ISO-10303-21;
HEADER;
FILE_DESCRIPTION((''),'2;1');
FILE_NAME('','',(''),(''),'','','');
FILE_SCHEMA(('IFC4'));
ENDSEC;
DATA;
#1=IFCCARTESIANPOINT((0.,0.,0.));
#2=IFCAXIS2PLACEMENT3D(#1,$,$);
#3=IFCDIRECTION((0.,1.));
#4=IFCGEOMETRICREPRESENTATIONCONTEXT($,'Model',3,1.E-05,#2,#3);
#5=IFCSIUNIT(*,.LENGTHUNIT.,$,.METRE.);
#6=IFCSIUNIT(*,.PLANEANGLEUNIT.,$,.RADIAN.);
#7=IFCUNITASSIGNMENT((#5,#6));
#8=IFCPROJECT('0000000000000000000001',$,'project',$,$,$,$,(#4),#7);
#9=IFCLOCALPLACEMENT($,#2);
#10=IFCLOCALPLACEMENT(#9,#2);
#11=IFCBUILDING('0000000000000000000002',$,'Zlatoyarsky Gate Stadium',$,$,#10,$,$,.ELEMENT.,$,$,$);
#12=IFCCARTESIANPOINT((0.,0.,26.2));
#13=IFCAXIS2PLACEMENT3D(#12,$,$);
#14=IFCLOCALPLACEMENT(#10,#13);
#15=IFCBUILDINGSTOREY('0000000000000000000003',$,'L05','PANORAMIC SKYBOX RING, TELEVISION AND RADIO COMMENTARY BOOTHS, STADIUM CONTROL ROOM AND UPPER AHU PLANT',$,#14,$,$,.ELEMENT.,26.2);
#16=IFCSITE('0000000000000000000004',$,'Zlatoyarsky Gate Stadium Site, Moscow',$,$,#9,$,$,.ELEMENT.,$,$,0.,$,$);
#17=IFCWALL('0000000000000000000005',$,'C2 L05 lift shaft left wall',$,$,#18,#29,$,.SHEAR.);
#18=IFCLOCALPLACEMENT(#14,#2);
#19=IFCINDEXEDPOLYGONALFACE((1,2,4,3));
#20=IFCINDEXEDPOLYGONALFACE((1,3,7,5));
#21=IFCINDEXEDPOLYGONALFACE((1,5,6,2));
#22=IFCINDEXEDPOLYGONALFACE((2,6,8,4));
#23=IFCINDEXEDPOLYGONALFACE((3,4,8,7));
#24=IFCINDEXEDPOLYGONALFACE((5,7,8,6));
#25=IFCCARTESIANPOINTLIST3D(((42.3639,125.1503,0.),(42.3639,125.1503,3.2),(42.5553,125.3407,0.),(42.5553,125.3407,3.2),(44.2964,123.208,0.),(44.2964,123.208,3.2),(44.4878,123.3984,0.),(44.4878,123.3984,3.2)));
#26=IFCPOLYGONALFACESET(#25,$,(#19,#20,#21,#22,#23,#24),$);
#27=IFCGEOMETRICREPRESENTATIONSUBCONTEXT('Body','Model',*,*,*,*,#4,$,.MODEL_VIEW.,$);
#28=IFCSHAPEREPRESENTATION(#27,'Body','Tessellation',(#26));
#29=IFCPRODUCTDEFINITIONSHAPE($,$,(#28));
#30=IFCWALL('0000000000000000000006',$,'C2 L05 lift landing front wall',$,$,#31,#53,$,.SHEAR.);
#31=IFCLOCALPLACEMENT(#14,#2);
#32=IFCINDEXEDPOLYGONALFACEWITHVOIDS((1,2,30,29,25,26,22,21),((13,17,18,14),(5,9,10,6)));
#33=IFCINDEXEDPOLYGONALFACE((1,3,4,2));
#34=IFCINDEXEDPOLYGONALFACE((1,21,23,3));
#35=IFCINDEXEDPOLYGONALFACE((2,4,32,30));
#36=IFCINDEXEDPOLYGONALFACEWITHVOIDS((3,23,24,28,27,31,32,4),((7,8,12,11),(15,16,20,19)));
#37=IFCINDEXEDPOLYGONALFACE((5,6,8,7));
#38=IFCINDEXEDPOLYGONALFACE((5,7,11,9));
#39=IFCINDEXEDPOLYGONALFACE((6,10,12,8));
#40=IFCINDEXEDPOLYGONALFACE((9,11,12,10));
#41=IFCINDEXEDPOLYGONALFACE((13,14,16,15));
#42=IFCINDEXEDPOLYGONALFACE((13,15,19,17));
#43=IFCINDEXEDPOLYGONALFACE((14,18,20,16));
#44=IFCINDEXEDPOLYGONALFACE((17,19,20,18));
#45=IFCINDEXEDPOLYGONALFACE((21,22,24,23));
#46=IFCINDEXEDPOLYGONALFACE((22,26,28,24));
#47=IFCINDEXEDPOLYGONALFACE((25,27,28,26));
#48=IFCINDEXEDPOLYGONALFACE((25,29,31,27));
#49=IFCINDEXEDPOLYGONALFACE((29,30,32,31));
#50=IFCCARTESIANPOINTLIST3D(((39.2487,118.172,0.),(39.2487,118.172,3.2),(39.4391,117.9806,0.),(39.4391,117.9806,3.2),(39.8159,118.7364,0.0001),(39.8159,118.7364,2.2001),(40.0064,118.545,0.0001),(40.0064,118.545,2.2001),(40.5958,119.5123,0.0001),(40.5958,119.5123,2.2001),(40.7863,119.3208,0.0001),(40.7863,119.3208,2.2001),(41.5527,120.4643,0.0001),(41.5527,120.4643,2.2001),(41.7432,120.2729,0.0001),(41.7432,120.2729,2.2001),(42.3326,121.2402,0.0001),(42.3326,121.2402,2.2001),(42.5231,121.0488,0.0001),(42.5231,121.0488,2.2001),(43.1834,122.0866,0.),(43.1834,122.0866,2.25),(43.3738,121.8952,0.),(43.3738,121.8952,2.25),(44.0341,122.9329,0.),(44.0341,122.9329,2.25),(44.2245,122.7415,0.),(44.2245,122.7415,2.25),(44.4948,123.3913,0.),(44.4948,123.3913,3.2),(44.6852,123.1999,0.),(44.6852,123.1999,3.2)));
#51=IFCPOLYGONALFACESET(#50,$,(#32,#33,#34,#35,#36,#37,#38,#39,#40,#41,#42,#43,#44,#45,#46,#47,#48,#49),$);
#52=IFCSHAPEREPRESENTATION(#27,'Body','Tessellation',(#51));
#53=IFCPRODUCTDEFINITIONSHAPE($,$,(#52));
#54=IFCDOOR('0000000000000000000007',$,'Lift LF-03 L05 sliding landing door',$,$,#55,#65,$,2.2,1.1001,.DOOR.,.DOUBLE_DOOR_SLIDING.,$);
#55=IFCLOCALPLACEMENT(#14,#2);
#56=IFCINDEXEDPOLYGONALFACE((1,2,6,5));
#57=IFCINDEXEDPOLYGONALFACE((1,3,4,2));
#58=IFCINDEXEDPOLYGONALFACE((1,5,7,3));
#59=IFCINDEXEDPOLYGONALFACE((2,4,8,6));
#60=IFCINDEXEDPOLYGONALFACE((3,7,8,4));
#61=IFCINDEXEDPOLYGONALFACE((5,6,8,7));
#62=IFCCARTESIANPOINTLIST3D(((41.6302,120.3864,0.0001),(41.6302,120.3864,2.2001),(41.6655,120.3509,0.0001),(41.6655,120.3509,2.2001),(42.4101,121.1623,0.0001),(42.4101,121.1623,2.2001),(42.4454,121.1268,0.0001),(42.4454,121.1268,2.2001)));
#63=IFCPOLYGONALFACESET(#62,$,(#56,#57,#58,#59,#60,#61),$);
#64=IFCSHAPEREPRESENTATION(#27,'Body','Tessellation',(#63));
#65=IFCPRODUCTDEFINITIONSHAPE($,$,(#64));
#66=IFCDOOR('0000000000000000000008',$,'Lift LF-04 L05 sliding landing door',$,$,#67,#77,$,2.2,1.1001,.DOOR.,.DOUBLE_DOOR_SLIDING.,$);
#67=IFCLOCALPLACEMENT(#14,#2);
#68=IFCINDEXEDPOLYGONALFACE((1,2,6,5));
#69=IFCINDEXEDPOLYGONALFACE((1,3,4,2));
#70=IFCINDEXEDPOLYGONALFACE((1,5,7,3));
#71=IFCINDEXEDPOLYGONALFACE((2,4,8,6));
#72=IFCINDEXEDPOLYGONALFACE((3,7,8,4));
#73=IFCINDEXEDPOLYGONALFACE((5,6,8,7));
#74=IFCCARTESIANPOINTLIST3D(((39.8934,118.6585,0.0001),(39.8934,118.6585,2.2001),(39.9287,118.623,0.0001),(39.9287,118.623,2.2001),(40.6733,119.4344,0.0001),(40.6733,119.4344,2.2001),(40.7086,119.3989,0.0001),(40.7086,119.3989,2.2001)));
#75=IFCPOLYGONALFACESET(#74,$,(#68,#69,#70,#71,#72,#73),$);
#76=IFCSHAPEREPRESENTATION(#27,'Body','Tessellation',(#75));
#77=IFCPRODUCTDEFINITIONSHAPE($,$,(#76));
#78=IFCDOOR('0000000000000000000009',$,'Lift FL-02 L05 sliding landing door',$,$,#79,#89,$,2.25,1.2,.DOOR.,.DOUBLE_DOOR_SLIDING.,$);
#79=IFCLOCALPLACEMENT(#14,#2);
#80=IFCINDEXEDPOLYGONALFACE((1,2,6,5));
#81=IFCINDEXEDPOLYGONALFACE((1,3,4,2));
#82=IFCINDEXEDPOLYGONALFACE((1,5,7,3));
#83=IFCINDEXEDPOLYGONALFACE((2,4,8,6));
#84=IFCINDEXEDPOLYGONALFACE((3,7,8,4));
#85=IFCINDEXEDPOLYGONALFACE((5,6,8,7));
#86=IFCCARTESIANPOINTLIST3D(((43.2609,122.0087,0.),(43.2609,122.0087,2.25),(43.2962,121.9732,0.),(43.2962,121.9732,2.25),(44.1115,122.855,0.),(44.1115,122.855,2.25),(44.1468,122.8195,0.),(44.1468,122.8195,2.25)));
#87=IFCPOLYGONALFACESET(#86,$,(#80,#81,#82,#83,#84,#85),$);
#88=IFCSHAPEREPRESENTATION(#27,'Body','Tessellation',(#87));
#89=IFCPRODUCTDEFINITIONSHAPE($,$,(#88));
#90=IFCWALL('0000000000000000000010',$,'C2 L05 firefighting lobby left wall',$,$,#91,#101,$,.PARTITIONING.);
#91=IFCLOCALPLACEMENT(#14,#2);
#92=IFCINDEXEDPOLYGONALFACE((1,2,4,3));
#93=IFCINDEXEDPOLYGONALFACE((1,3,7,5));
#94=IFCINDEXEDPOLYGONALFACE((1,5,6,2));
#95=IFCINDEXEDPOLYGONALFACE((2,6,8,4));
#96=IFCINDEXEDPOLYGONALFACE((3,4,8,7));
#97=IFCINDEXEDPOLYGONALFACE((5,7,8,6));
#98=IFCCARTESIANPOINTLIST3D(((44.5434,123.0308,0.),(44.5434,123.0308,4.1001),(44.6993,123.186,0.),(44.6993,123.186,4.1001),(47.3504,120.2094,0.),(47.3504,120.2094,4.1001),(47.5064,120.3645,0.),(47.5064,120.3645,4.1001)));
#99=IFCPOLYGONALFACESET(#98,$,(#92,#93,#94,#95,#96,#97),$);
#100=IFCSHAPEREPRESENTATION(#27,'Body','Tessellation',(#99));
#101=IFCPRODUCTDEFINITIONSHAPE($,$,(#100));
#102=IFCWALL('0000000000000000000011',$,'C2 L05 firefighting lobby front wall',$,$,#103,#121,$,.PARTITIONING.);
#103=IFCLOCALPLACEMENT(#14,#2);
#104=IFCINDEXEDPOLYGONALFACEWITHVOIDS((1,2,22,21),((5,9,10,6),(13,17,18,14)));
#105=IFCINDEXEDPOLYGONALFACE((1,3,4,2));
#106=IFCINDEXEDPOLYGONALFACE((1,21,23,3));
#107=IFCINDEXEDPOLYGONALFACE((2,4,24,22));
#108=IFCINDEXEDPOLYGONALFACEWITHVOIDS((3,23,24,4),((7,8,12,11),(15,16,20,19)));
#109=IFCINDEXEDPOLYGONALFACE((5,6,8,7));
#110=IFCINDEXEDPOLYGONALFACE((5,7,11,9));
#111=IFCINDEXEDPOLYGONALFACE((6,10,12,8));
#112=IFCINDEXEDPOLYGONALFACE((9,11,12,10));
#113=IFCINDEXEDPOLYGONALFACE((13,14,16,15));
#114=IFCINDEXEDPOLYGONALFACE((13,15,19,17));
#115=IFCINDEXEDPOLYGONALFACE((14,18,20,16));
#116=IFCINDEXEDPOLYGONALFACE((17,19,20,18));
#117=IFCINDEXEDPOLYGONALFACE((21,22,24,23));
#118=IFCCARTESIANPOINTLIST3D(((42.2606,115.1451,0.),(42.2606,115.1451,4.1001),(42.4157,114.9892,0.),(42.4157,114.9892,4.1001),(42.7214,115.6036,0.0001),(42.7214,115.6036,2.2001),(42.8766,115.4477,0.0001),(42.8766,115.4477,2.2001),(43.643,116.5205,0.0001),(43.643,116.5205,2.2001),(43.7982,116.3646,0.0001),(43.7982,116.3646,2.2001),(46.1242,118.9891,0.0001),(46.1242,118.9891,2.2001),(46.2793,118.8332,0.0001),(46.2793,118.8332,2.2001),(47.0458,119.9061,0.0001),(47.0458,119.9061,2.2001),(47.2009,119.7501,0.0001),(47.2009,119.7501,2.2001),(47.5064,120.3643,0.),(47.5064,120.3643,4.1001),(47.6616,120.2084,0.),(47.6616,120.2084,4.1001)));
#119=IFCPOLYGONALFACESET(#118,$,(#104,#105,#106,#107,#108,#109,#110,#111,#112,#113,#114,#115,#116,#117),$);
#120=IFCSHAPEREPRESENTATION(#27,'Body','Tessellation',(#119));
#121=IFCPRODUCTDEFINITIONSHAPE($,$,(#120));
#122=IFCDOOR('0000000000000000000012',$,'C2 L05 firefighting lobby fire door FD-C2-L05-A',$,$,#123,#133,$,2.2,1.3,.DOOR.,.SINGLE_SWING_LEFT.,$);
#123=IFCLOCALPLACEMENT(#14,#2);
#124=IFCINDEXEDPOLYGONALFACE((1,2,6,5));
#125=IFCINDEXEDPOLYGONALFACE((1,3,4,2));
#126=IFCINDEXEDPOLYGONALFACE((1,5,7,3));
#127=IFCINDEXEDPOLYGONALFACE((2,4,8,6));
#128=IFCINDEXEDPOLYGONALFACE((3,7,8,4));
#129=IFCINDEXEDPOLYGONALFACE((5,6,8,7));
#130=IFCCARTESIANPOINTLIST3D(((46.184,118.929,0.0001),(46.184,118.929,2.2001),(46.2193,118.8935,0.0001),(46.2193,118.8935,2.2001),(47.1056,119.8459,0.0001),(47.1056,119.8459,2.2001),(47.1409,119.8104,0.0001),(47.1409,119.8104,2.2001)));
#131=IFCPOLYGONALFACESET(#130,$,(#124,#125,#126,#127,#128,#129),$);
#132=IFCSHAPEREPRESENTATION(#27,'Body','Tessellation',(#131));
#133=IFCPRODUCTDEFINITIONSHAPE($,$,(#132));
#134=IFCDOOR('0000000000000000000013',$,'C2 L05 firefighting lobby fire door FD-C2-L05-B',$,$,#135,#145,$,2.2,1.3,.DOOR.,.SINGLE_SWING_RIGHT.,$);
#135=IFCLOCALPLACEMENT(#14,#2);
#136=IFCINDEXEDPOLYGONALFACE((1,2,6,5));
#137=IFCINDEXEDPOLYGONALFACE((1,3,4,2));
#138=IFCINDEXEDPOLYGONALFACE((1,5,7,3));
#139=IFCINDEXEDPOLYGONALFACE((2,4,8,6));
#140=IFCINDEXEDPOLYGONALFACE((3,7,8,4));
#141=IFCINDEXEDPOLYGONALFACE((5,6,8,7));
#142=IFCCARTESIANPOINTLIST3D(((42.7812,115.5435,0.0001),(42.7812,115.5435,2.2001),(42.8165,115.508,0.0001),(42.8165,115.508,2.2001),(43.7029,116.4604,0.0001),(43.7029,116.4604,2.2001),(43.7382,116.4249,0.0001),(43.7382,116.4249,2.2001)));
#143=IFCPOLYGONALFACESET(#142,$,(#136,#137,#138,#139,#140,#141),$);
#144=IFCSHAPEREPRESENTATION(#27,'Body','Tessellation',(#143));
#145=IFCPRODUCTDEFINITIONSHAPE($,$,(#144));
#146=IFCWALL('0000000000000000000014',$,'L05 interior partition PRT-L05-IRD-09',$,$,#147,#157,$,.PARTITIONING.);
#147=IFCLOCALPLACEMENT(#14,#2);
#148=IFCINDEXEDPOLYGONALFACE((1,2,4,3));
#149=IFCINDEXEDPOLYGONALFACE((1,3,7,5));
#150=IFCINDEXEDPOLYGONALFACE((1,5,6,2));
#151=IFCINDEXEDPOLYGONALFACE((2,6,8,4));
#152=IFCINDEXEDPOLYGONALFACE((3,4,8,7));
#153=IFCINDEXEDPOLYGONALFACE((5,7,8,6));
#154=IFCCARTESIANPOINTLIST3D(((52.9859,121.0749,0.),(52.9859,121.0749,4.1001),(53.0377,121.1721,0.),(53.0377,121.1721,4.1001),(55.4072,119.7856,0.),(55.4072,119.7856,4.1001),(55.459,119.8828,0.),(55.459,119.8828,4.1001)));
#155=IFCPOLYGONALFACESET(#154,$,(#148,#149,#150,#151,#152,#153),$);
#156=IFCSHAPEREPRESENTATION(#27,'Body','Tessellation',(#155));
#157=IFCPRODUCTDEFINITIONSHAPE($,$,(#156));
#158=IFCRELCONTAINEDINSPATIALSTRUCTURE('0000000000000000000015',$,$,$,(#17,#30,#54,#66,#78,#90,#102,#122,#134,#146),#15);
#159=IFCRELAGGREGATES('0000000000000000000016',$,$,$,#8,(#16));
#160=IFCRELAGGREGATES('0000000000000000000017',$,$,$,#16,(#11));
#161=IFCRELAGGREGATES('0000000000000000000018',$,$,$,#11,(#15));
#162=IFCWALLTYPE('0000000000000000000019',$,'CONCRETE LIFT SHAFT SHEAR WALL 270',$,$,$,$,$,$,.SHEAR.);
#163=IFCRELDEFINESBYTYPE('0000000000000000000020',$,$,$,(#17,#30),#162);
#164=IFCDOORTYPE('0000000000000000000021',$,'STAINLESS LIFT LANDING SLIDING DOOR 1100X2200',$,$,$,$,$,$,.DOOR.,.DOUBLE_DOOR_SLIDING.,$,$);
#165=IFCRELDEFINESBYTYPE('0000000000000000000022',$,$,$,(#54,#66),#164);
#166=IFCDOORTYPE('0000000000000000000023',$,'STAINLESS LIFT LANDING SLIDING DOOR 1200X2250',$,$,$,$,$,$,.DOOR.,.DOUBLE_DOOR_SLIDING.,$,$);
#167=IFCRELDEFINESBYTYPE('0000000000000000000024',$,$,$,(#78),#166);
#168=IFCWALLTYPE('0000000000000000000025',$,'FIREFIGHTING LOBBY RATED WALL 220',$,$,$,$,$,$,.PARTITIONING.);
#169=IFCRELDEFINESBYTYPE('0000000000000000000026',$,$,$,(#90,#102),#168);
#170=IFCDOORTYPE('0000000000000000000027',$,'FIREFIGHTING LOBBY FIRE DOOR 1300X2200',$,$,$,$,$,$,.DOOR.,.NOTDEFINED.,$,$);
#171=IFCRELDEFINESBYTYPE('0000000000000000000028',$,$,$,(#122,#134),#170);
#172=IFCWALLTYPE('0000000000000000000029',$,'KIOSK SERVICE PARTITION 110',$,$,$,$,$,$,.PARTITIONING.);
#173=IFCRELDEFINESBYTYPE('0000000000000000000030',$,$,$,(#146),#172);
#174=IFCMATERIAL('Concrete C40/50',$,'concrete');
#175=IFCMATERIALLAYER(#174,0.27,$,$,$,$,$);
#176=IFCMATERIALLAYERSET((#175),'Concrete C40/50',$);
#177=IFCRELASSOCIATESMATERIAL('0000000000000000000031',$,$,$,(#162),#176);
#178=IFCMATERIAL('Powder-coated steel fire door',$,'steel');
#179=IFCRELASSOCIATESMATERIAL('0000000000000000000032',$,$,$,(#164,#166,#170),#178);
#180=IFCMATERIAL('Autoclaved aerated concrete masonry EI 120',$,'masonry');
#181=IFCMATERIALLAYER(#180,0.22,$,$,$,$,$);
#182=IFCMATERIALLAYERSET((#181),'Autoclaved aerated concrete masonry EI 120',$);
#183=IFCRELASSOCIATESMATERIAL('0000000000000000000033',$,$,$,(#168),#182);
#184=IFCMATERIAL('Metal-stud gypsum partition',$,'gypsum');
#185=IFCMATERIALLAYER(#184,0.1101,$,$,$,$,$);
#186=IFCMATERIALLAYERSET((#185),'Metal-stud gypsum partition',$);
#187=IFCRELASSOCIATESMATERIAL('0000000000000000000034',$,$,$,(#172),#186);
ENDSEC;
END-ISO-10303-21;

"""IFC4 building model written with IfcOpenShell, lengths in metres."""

from ifc_helpers import new_model, si_unit, direction, frame, frame_2d, origin, place, context, subcontext, project, spatial, rectangle, extrude, material, layer, layer_set, type_object, element, fill, save


model = new_model("IFC4")

# Units and contexts
model_context = context("Model", 3, precision=1e-05, world=origin(), true_north=direction((0.0, 1.0)))
body_context = subcontext(model_context, "Body", "Model", "MODEL_VIEW")
ifc_project = project(units=[si_unit("LENGTHUNIT", "METRE"), si_unit("PLANEANGLEUNIT", "RADIAN")], contexts=[model_context])

# Site, building, storey
site_placement = place(None, origin())
site = spatial("IfcSite", under=ifc_project, at=site_placement, Name="Zlatoyarsky Gate Stadium Site, Moscow", CompositionType="ELEMENT", RefElevation=0.0)
building_placement = place(site_placement, origin())
building = spatial("IfcBuilding", under=site, at=building_placement, Name="Zlatoyarsky Gate Stadium", CompositionType="ELEMENT")
storey_placement = place(building_placement, frame((0.0, 0.0, 26.2)))
storey = spatial("IfcBuildingStorey", under=building, at=storey_placement, Name="L05", Description="PANORAMIC SKYBOX RING, TELEVISION AND RADIO COMMENTARY BOOTHS, STADIUM CONTROL ROOM AND UPPER AHU PLANT", CompositionType="ELEMENT", Elevation=26.2)

# Wall
ifc_material_1 = material(Name="Concrete C40/50", Category="concrete")
ifc_layer_1 = layer(ifc_material_1, 0.27)
ifc_layer_set_1 = layer_set([ifc_layer_1], Name="Concrete C40/50")
wall_type_1 = type_object("IfcWallType", Name="CONCRETE LIFT SHAFT SHEAR WALL 270", PredefinedType="SHEAR", material=ifc_layer_set_1)
wall_1_placement = place(storey_placement, frame((42.4595, 125.2456, 0.0), z_axis=(0.0, 0.0, 1.0), x_axis=(0.705323, -0.708887, 0.0)))
element("IfcWall", 1, at=wall_1_placement, inside=storey, type_object=wall_type_1, Name="C2 L05 lift shaft left wall", PredefinedType="SHEAR", context=body_context, shape_type="SweptSolid", body=[
    extrude(rectangle(XDim=2.74, YDim=0.27, at=frame_2d((1.3701, 0.0))), origin(), (0.0, 0.0, 1.0), 3.2),
])

# Wall, openings, doors
wall_2_placement = place(storey_placement, frame((44.5901, 123.2957, 0.0), z_axis=(0.0, 0.0, 1.0), x_axis=(-0.708919, -0.70529, 0.0)))
wall_2 = element("IfcWall", 2, at=wall_2_placement, inside=storey, type_object=wall_type_1, Name="C2 L05 lift landing front wall", PredefinedType="SHEAR", context=body_context, shape_type="SweptSolid", body=[
    extrude(rectangle(XDim=7.4001, YDim=0.27, at=frame_2d((3.7002, 0.0))), origin(), (0.0, 0.0, 1.0), 3.2),
])
opening_1_placement = place(wall_2_placement, frame((0.6499, 0.0, 0.0)))
opening_1 = element("IfcOpeningElement", 3, at=opening_1_placement, cuts=wall_2, PredefinedType="OPENING", context=body_context, shape_type="SweptSolid", body=[
    extrude(rectangle(XDim=1.2, YDim=2.25, at=frame_2d((0.6001, 1.125))), frame((0.0, 0.145, 0.0), z_axis=(0.0, -1.0, 0.0), x_axis=(1.0, 0.0, 0.0)), (0.0, 0.0, 1.0), 0.29),
])
opening_2_placement = place(wall_2_placement, frame((3.05, 0.0, 0.0)))
opening_2 = element("IfcOpeningElement", 4, at=opening_2_placement, cuts=wall_2, PredefinedType="OPENING", context=body_context, shape_type="SweptSolid", body=[
    extrude(rectangle(XDim=1.1001, YDim=2.2, at=frame_2d((0.55, 1.1001))), frame((0.0, 0.145, 0.0), z_axis=(0.0, -1.0, 0.0), x_axis=(1.0, 0.0, 0.0)), (0.0, 0.0, 1.0), 0.29),
])
opening_3_placement = place(wall_2_placement, frame((5.5, 0.0, 0.0)))
opening_3 = element("IfcOpeningElement", 5, at=opening_3_placement, cuts=wall_2, PredefinedType="OPENING", context=body_context, shape_type="SweptSolid", body=[
    extrude(rectangle(XDim=1.1001, YDim=2.2, at=frame_2d((0.55, 1.1001))), frame((0.0, 0.145, 0.0), z_axis=(0.0, -1.0, 0.0), x_axis=(1.0, 0.0, 0.0)), (0.0, 0.0, 1.0), 0.29),
])
ifc_material_2 = material(Name="Powder-coated steel fire door", Category="steel")
door_type_1 = type_object("IfcDoorType", Name="STAINLESS LIFT LANDING SLIDING DOOR 1100X2200", OperationType="DOUBLE_DOOR_SLIDING", PredefinedType="DOOR", material=ifc_material_2)
door_1_placement = place(opening_2_placement, origin())
door_1 = element("IfcDoor", 6, at=door_1_placement, inside=storey, type_object=door_type_1, Name="Lift LF-03 L05 sliding landing door", OperationType="DOUBLE_DOOR_SLIDING", OverallHeight=2.2, OverallWidth=1.1001, PredefinedType="DOOR", context=body_context, shape_type="SweptSolid", body=[
    extrude(rectangle(XDim=1.1001, YDim=2.2, at=frame_2d((0.55, 1.1001))), frame((0.0, 0.0249, 0.0), z_axis=(0.0, -1.0, 0.0), x_axis=(1.0, 0.0, 0.0)), (0.0, 0.0, 1.0), 0.05),
])
fill(opening_2, door_1)
door_2_placement = place(opening_3_placement, origin())
door_2 = element("IfcDoor", 7, at=door_2_placement, inside=storey, type_object=door_type_1, Name="Lift LF-04 L05 sliding landing door", OperationType="DOUBLE_DOOR_SLIDING", OverallHeight=2.2, OverallWidth=1.1001, PredefinedType="DOOR", context=body_context, shape_type="SweptSolid", body=[
    extrude(rectangle(XDim=1.1001, YDim=2.2, at=frame_2d((0.55, 1.1001))), frame((0.0, 0.0249, 0.0), z_axis=(0.0, -1.0, 0.0), x_axis=(1.0, 0.0, 0.0)), (0.0, 0.0, 1.0), 0.05),
])
fill(opening_3, door_2)
door_type_2 = type_object("IfcDoorType", Name="STAINLESS LIFT LANDING SLIDING DOOR 1200X2250", OperationType="DOUBLE_DOOR_SLIDING", PredefinedType="DOOR", material=ifc_material_2)
door_3_placement = place(opening_1_placement, origin())
door_3 = element("IfcDoor", 8, at=door_3_placement, inside=storey, type_object=door_type_2, Name="Lift FL-02 L05 sliding landing door", OperationType="DOUBLE_DOOR_SLIDING", OverallHeight=2.25, OverallWidth=1.2, PredefinedType="DOOR", context=body_context, shape_type="SweptSolid", body=[
    extrude(rectangle(XDim=1.2, YDim=2.25, at=frame_2d((0.6001, 1.125))), frame((0.0, 0.0249, 0.0), z_axis=(0.0, -1.0, 0.0), x_axis=(1.0, 0.0, 0.0)), (0.0, 0.0, 1.0), 0.05),
])
fill(opening_1, door_3)

# Wall
ifc_material_3 = material(Name="Autoclaved aerated concrete masonry EI 120", Category="masonry")
ifc_layer_2 = layer(ifc_material_3, 0.22)
ifc_layer_set_2 = layer_set([ifc_layer_2], Name="Autoclaved aerated concrete masonry EI 120")
wall_type_2 = type_object("IfcWallType", Name="FIREFIGHTING LOBBY RATED WALL 220", PredefinedType="PARTITIONING", material=ifc_layer_set_2)
wall_3_placement = place(storey_placement, frame((44.6213, 123.1084, 0.0), z_axis=(0.0, 0.0, 1.0), x_axis=(0.705295, -0.708914, 0.0)))
element("IfcWall", 9, at=wall_3_placement, inside=storey, type_object=wall_type_2, Name="C2 L05 firefighting lobby left wall", PredefinedType="PARTITIONING", context=body_context, shape_type="SweptSolid", body=[
    extrude(rectangle(XDim=3.98, YDim=0.22, at=frame_2d((1.99, 0.0))), origin(), (0.0, 0.0, 1.0), 4.1001),
])

# Wall, openings, doors
wall_4_placement = place(storey_placement, frame((47.584, 120.2864, 0.0), z_axis=(0.0, 0.0, 1.0), x_axis=(-0.708903, -0.705306, 0.0)))
wall_4 = element("IfcWall", 10, at=wall_4_placement, inside=storey, type_object=wall_type_2, Name="C2 L05 firefighting lobby front wall", PredefinedType="PARTITIONING", context=body_context, shape_type="SweptSolid", body=[
    extrude(rectangle(XDim=7.3999, YDim=0.22, at=frame_2d((3.7, 0.0))), origin(), (0.0, 0.0, 1.0), 4.1001),
])
opening_4_placement = place(wall_4_placement, frame((0.6499, 0.0, 0.0)))
opening_4 = element("IfcOpeningElement", 11, at=opening_4_placement, cuts=wall_4, PredefinedType="OPENING", context=body_context, shape_type="SweptSolid", body=[
    extrude(rectangle(XDim=1.3, YDim=2.2, at=frame_2d((0.6499, 1.1001))), frame((0.0, 0.1199, 0.0), z_axis=(0.0, -1.0, 0.0), x_axis=(1.0, 0.0, 0.0)), (0.0, 0.0, 1.0), 0.24),
])
opening_5_placement = place(wall_4_placement, frame((5.45, 0.0, 0.0)))
opening_5 = element("IfcOpeningElement", 12, at=opening_5_placement, cuts=wall_4, PredefinedType="OPENING", context=body_context, shape_type="SweptSolid", body=[
    extrude(rectangle(XDim=1.3, YDim=2.2, at=frame_2d((0.6499, 1.1001))), frame((0.0, 0.1199, 0.0), z_axis=(0.0, -1.0, 0.0), x_axis=(1.0, 0.0, 0.0)), (0.0, 0.0, 1.0), 0.24),
])
door_type_3 = type_object("IfcDoorType", Name="FIREFIGHTING LOBBY FIRE DOOR 1300X2200", OperationType="NOTDEFINED", PredefinedType="DOOR", material=ifc_material_2)
door_4_placement = place(opening_4_placement, origin())
door_4 = element("IfcDoor", 13, at=door_4_placement, inside=storey, type_object=door_type_3, Name="C2 L05 firefighting lobby fire door FD-C2-L05-A", OperationType="SINGLE_SWING_LEFT", OverallHeight=2.2, OverallWidth=1.3, PredefinedType="DOOR", context=body_context, shape_type="SweptSolid", body=[
    extrude(rectangle(XDim=1.3, YDim=2.2, at=frame_2d((0.6499, 1.1001))), frame((0.0, 0.0249, 0.0), z_axis=(0.0, -1.0, 0.0), x_axis=(1.0, 0.0, 0.0)), (0.0, 0.0, 1.0), 0.05),
])
fill(opening_4, door_4)
door_5_placement = place(opening_5_placement, origin())
door_5 = element("IfcDoor", 14, at=door_5_placement, inside=storey, type_object=door_type_3, Name="C2 L05 firefighting lobby fire door FD-C2-L05-B", OperationType="SINGLE_SWING_RIGHT", OverallHeight=2.2, OverallWidth=1.3, PredefinedType="DOOR", context=body_context, shape_type="SweptSolid", body=[
    extrude(rectangle(XDim=1.3, YDim=2.2, at=frame_2d((0.6499, 1.1001))), frame((0.0, 0.0249, 0.0), z_axis=(0.0, -1.0, 0.0), x_axis=(1.0, 0.0, 0.0)), (0.0, 0.0, 1.0), 0.05),
])
fill(opening_5, door_5)

# Wall
ifc_material_4 = material(Name="Metal-stud gypsum partition", Category="gypsum")
ifc_layer_3 = layer(ifc_material_4, 0.1101)
ifc_layer_set_3 = layer_set([ifc_layer_3], Name="Metal-stud gypsum partition")
wall_type_3 = type_object("IfcWallType", Name="KIOSK SERVICE PARTITION 110", PredefinedType="PARTITIONING", material=ifc_layer_set_3)
wall_5_placement = place(storey_placement, frame((55.4331, 119.8342, 0.0), z_axis=(0.0, 0.0, 1.0), x_axis=(-0.882671, 0.469992, 0.0)))
element("IfcWall", 15, at=wall_5_placement, inside=storey, type_object=wall_type_3, Name="L05 interior partition PRT-L05-IRD-09", PredefinedType="PARTITIONING", context=body_context, shape_type="SweptSolid", body=[
    extrude(rectangle(XDim=2.7432, YDim=0.1101, at=frame_2d((1.3716, 0.0))), origin(), (0.0, 0.0, 1.0), 4.1001),
])

save(model, "model.ifc")
